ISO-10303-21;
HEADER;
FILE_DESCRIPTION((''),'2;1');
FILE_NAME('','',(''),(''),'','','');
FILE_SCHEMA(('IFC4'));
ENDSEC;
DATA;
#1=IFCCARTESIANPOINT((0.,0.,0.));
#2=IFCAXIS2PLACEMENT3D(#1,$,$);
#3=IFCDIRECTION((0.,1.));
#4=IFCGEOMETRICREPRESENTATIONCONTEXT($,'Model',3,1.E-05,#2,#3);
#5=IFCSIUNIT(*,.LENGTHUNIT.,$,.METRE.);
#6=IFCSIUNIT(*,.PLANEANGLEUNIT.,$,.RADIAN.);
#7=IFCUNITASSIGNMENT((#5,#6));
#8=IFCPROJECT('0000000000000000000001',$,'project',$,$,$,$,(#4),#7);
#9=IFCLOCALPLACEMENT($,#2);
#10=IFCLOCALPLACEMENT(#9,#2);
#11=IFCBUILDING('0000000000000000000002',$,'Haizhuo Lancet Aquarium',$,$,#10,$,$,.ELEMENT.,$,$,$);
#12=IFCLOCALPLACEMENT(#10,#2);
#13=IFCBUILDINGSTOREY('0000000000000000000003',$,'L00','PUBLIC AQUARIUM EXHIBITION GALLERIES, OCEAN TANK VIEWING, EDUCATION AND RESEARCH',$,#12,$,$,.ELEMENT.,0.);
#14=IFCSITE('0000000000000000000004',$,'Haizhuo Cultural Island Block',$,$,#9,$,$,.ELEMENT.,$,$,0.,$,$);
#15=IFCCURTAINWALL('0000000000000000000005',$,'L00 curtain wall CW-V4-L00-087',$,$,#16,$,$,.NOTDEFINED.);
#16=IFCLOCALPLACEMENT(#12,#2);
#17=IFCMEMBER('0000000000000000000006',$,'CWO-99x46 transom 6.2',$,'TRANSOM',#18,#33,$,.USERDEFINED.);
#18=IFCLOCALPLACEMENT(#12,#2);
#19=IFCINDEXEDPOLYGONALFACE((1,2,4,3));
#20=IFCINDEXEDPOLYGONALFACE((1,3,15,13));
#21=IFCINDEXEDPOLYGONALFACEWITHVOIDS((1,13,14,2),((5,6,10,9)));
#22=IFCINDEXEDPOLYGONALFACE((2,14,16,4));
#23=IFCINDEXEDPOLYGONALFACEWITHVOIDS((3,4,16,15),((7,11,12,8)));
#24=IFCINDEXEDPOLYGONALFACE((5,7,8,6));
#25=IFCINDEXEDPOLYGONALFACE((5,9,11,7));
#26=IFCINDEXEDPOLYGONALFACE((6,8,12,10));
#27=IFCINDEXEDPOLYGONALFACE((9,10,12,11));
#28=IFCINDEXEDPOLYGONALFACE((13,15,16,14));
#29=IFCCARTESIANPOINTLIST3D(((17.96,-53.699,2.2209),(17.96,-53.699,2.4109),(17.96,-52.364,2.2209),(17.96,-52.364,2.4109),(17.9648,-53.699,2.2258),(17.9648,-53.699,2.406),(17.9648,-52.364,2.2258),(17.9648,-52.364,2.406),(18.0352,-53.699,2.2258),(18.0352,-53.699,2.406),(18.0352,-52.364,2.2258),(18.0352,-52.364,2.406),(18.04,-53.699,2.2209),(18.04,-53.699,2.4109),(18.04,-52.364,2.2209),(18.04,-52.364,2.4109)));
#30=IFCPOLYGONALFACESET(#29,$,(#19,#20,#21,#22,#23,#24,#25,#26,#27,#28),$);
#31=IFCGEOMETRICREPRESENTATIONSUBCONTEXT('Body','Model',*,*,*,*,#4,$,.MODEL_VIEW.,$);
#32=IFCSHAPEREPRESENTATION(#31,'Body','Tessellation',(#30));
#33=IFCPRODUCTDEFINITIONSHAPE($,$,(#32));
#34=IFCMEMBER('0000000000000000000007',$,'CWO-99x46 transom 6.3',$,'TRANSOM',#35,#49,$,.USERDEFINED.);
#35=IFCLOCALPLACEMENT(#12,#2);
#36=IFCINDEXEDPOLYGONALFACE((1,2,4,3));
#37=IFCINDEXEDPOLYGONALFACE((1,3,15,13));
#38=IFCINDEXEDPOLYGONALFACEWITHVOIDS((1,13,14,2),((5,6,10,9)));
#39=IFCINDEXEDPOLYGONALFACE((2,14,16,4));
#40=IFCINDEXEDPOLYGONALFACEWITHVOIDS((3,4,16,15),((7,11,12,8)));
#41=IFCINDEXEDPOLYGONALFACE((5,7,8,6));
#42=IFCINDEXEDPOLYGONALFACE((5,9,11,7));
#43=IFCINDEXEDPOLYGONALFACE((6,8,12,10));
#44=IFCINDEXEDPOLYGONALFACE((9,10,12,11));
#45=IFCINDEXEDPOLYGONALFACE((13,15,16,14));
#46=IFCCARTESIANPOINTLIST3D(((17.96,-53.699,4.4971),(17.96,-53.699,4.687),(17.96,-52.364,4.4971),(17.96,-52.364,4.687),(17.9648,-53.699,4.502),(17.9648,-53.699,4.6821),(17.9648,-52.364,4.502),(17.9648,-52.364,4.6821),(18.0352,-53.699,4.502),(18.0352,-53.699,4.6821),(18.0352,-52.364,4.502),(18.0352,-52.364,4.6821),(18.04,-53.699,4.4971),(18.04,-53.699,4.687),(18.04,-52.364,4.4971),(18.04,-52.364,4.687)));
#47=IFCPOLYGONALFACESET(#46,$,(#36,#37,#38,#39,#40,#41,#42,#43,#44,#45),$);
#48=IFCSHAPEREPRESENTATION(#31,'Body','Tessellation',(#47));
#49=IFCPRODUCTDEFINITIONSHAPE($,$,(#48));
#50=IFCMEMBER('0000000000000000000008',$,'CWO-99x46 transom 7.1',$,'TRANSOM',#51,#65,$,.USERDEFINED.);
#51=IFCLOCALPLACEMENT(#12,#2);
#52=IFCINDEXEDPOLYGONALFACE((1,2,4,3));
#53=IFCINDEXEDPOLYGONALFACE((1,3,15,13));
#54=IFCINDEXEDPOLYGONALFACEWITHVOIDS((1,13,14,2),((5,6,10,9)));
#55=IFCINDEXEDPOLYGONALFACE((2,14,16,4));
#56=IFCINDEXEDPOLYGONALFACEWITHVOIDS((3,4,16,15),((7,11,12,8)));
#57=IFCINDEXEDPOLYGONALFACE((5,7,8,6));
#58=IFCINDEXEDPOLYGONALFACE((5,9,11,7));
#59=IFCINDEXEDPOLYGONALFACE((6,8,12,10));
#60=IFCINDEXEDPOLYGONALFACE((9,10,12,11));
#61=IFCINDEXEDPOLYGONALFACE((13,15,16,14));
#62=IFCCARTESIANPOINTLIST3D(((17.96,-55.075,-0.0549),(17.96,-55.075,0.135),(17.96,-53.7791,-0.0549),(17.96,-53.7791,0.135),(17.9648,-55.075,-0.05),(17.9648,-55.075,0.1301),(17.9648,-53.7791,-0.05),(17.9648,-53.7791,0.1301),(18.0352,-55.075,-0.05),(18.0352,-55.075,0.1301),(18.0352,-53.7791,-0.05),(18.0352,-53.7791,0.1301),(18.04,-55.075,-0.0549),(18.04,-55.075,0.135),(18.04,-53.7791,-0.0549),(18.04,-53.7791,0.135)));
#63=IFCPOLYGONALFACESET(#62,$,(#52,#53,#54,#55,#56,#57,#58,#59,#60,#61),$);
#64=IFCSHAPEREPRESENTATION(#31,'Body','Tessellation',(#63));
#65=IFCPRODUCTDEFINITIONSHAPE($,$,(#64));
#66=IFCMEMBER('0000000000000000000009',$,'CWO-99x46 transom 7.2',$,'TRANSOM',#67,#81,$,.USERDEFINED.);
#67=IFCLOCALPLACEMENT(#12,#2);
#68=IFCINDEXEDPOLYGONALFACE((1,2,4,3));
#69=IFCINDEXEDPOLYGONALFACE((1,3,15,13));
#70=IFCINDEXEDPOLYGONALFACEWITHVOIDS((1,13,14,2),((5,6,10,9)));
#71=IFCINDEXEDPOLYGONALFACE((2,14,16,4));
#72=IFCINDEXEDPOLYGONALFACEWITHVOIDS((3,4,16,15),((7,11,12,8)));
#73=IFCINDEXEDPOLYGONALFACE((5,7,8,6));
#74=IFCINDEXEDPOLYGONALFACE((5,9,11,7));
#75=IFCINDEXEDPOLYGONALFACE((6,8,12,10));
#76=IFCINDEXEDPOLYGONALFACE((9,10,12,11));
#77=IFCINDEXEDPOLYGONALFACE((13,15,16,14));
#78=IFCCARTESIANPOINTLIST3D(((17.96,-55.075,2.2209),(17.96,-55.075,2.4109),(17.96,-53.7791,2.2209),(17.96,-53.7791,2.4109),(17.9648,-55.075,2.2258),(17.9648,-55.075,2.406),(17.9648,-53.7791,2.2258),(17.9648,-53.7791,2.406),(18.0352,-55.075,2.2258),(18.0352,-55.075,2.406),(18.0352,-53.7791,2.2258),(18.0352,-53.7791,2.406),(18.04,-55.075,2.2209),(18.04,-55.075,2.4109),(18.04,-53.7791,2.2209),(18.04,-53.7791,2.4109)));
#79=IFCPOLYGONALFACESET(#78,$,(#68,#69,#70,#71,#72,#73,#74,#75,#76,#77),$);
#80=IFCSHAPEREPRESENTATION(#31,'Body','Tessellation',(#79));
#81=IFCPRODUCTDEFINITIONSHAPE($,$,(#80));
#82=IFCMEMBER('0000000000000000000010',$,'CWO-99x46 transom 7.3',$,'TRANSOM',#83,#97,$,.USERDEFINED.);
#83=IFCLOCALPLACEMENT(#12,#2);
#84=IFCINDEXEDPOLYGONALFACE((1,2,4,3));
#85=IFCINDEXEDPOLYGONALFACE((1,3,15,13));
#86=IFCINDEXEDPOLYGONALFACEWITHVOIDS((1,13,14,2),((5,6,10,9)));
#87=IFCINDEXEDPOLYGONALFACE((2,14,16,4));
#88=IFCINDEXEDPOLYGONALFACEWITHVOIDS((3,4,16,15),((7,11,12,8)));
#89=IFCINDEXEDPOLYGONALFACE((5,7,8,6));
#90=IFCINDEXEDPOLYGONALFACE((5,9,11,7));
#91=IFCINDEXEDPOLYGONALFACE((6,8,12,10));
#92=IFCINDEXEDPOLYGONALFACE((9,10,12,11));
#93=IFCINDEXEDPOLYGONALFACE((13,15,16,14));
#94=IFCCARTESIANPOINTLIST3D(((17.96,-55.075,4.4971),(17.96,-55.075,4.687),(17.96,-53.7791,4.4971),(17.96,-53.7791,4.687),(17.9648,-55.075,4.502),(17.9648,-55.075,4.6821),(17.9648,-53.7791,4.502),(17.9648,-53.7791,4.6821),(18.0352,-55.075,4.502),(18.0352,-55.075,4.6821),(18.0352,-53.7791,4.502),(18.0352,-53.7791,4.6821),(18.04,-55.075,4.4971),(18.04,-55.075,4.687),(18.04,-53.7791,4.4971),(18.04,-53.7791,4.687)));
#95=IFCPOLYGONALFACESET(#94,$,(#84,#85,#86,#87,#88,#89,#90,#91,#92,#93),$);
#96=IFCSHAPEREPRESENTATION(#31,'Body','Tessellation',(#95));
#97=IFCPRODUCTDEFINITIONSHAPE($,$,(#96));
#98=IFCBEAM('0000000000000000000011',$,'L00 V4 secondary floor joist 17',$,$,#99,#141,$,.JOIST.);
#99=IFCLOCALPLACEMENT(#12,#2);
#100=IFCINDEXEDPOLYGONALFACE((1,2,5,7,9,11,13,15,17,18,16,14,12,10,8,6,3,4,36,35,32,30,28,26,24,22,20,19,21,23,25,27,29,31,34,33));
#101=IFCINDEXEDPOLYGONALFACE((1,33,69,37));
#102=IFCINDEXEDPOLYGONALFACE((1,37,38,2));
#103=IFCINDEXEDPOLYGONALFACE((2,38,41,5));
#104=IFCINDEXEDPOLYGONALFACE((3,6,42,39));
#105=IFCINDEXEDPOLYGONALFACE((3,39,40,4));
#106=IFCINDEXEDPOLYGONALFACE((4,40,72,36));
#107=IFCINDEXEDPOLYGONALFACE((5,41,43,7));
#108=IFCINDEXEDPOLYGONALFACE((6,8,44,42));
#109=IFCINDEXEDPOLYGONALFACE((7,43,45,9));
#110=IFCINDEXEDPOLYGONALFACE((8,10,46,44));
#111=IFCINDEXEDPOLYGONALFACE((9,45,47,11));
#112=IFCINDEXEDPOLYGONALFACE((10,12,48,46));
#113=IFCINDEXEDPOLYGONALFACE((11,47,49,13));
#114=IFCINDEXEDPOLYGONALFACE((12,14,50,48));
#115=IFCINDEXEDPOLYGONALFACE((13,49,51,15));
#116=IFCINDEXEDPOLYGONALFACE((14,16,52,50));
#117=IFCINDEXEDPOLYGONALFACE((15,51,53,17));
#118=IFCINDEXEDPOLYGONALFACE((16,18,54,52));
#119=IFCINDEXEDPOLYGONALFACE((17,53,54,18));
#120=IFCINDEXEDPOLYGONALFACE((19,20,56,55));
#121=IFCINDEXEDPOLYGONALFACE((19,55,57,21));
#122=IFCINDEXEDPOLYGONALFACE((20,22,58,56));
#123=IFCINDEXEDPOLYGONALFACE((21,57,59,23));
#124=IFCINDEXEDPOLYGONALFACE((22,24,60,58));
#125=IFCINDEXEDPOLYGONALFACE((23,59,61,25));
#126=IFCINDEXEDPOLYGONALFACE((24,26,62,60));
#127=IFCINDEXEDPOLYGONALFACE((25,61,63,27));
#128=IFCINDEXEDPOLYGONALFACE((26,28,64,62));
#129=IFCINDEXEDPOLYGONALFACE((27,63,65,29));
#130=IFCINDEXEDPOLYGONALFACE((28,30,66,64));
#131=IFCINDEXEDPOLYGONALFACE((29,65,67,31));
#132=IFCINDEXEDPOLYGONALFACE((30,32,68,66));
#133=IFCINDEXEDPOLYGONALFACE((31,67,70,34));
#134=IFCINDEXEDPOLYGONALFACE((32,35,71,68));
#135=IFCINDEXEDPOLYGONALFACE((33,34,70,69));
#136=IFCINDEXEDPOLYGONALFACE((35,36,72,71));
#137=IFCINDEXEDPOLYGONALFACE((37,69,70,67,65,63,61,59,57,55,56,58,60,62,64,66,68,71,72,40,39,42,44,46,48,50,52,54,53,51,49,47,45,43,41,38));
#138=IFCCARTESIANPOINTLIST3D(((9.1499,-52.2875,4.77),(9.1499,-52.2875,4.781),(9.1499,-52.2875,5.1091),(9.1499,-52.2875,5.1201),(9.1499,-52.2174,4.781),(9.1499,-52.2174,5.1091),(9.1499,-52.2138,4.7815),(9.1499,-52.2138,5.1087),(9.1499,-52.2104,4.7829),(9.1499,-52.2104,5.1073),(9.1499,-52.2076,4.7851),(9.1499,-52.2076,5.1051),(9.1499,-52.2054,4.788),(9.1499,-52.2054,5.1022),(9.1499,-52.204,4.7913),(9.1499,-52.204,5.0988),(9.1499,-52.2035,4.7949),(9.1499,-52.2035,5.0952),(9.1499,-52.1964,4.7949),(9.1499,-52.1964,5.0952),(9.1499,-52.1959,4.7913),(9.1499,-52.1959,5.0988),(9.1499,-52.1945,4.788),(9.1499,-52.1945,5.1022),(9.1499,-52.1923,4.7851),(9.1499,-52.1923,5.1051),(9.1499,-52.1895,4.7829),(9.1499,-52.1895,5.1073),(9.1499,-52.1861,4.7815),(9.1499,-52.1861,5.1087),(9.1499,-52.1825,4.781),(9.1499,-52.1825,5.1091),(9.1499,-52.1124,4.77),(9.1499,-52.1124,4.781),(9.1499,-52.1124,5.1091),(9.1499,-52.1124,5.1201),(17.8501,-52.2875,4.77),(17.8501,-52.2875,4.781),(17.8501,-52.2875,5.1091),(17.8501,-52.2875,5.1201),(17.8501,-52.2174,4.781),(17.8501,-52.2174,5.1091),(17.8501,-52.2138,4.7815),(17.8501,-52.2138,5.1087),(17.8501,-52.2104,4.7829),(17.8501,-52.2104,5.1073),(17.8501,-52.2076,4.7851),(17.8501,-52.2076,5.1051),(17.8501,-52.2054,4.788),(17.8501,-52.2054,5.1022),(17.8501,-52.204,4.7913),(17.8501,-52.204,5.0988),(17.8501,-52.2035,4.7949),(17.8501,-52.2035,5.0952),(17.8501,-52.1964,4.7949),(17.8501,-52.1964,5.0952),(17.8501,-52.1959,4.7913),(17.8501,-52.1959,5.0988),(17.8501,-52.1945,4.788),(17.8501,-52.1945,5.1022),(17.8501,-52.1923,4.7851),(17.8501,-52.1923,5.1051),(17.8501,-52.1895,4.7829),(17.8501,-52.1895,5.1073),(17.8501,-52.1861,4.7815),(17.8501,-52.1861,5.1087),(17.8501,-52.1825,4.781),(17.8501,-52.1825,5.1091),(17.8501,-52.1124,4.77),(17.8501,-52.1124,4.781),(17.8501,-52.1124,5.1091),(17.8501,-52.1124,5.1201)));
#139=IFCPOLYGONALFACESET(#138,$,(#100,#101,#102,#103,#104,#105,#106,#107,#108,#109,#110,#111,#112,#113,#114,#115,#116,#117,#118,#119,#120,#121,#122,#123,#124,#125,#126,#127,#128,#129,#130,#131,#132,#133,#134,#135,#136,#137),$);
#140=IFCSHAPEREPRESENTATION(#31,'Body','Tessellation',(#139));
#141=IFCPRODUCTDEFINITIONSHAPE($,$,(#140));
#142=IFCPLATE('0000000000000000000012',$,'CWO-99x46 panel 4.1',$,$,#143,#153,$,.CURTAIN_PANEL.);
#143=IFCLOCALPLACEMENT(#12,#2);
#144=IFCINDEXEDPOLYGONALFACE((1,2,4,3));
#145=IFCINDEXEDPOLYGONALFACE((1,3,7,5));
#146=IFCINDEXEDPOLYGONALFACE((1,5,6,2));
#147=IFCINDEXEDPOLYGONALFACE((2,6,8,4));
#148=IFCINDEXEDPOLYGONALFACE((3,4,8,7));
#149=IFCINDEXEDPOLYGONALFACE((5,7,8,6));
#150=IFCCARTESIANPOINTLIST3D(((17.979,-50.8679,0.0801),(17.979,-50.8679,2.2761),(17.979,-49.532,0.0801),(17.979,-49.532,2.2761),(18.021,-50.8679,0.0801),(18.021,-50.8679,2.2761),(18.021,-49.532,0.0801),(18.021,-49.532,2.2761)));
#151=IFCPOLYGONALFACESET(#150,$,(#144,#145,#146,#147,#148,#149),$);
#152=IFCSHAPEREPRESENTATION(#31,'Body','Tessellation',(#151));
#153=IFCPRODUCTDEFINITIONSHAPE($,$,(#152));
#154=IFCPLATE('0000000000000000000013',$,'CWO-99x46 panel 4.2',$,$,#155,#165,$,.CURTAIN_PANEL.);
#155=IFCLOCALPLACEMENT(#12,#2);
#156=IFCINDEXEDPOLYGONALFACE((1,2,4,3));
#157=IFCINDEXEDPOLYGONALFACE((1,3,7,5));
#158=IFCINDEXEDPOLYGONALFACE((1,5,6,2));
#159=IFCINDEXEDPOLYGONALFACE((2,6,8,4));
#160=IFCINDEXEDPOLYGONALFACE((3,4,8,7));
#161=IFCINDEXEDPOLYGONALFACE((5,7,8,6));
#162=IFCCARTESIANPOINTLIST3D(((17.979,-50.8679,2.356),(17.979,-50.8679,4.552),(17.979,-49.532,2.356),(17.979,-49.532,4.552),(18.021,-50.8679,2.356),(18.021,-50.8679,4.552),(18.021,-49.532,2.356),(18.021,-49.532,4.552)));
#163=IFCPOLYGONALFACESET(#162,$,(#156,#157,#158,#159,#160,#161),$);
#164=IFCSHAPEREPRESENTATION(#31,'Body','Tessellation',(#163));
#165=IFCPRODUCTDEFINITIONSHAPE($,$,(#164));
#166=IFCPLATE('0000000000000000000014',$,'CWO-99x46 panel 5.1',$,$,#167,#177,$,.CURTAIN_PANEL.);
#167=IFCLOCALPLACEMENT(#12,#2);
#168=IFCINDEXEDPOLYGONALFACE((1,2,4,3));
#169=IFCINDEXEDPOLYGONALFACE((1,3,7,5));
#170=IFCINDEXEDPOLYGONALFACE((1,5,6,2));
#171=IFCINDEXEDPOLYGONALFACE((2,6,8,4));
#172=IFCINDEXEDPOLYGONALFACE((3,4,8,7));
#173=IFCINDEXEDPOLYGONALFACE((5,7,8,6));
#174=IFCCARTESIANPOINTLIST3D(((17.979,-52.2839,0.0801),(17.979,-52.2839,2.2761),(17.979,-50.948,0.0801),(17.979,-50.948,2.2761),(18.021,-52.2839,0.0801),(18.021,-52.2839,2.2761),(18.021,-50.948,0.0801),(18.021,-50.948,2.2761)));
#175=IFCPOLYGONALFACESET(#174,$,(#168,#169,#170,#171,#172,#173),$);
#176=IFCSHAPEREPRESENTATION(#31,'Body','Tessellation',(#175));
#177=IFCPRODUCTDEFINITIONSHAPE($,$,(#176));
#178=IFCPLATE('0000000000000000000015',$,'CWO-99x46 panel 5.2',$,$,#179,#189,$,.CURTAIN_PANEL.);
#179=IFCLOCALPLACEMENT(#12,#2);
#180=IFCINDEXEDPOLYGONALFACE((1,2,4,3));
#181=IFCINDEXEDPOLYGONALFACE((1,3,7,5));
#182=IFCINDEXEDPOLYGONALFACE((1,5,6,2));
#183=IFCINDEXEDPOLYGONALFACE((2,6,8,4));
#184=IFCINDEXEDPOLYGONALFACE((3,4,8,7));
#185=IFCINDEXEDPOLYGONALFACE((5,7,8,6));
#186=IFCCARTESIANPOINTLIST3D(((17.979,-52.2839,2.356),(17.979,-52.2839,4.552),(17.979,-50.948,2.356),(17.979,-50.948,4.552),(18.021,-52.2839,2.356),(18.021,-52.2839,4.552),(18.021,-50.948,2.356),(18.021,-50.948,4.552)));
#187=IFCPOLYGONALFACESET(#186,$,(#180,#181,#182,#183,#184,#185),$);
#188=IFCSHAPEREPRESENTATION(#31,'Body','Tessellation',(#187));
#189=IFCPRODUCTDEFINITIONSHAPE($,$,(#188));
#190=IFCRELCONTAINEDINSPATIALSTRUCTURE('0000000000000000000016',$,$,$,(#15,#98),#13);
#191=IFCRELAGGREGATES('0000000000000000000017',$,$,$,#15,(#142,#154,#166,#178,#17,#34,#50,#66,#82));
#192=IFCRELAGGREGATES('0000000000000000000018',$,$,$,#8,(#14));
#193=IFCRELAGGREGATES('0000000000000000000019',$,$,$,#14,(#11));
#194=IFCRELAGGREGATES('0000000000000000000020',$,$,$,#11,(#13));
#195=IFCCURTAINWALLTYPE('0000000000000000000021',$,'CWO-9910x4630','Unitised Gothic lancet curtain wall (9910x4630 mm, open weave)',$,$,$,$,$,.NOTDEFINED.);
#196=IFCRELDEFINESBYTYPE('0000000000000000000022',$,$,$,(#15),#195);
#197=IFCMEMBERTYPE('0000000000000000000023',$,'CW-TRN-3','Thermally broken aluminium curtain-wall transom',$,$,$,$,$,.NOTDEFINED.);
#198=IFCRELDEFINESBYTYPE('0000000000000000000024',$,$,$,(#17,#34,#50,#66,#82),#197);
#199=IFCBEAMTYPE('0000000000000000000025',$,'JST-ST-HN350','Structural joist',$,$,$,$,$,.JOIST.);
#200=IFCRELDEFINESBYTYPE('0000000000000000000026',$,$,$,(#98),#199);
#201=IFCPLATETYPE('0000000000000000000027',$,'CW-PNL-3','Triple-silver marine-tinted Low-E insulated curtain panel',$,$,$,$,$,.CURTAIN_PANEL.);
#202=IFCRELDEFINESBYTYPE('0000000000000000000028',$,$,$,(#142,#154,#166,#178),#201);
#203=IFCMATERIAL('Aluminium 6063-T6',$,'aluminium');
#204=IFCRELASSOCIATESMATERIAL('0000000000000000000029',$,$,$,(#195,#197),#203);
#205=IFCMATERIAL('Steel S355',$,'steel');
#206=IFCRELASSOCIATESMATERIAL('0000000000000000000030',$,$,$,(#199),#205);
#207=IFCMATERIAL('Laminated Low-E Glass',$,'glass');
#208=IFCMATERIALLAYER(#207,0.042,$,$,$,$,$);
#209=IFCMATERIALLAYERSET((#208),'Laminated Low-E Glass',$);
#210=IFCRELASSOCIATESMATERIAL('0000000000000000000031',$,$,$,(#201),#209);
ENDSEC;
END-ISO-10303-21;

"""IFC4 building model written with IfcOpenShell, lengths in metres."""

from ifc_helpers import new_model, si_unit, direction, frame, origin, origin_2d, place, context, subcontext, project, spatial, rectangle, hollow_rectangle, i_section, extrude, material, layer, layer_set, material_profile, profile_set, type_object, element, aggregate, save


model = new_model("IFC4")

# Units and contexts
model_context = context("Model", 3, precision=1e-05, world=origin(), true_north=direction((0.0, 1.0)))
body_context = subcontext(model_context, "Body", "Model", "MODEL_VIEW")
ifc_project = project(units=[si_unit("LENGTHUNIT", "METRE"), si_unit("PLANEANGLEUNIT", "RADIAN")], contexts=[model_context])

# Site, building, storey
site_placement = place(None, origin())
site = spatial("IfcSite", under=ifc_project, at=site_placement, Name="Haizhuo Cultural Island Block", CompositionType="ELEMENT", RefElevation=0.0)
building_placement = place(site_placement, origin())
building = spatial("IfcBuilding", under=site, at=building_placement, Name="Haizhuo Lancet Aquarium", CompositionType="ELEMENT")
storey_placement = place(building_placement, origin())
storey = spatial("IfcBuildingStorey", under=building, at=storey_placement, Name="L00", Description="PUBLIC AQUARIUM EXHIBITION GALLERIES, OCEAN TANK VIEWING, EDUCATION AND RESEARCH", CompositionType="ELEMENT", Elevation=0.0)

# Shared definitions
ifc_material_1 = material(Name="Steel S355", Category="steel")

# Curtain wall, members
ifc_material_2 = material(Name="Aluminium 6063-T6", Category="aluminium")
curtain_wall_type = type_object("IfcCurtainWallType", Name="CWO-9910x4630", Description="Unitised Gothic lancet curtain wall (9910x4630 mm, open weave)", PredefinedType="NOTDEFINED", material=ifc_material_2)
curtain_wall_placement = place(storey_placement, origin())
curtain_wall = element("IfcCurtainWall", 1, at=curtain_wall_placement, inside=storey, type_object=curtain_wall_type, Name="L00 curtain wall CW-V4-L00-087", PredefinedType="NOTDEFINED")
ifc_material_profile_1 = material_profile(ifc_material_2, hollow_rectangle(XDim=0.0801, YDim=0.1899, WallThickness=0.0049, at=origin_2d()), Name="ALU-T 80x190x5")
ifc_profile_set_1 = profile_set([ifc_material_profile_1], Name="Aluminium 6063-T6")
member_type_1 = type_object("IfcMemberType", Name="CW-TRN-3", Description="Thermally broken aluminium curtain-wall transom", PredefinedType="NOTDEFINED", material=ifc_profile_set_1)
member_1_placement = place(storey_placement, frame((18.0, -52.364, 2.3159), z_axis=(0.0, -1.0, 0.0), x_axis=(1.0, 0.0, 0.0)))
member_1 = element("IfcMember", 2, at=member_1_placement, type_object=member_type_1, Name="CWO-99x46 transom 6.2", ObjectType="TRANSOM", PredefinedType="USERDEFINED", context=body_context, shape_type="SweptSolid", body=[
    extrude(hollow_rectangle(XDim=0.0801, YDim=0.1899, WallThickness=0.0049, at=origin_2d()), origin(), (0.0, 0.0, 1.0), 1.335),
])
member_2_placement = place(storey_placement, frame((18.0, -52.364, 4.592), z_axis=(0.0, -1.0, 0.0), x_axis=(1.0, 0.0, 0.0)))
member_2 = element("IfcMember", 3, at=member_2_placement, type_object=member_type_1, Name="CWO-99x46 transom 6.3", ObjectType="TRANSOM", PredefinedType="USERDEFINED", context=body_context, shape_type="SweptSolid", body=[
    extrude(hollow_rectangle(XDim=0.0801, YDim=0.1899, WallThickness=0.0049, at=origin_2d()), origin(), (0.0, 0.0, 1.0), 1.335),
])
member_3_placement = place(storey_placement, frame((18.0, -53.7791, 0.04), z_axis=(0.0, -1.0, 0.0), x_axis=(1.0, 0.0, 0.0)))
member_3 = element("IfcMember", 4, at=member_3_placement, type_object=member_type_1, Name="CWO-99x46 transom 7.1", ObjectType="TRANSOM", PredefinedType="USERDEFINED", context=body_context, shape_type="SweptSolid", body=[
    extrude(hollow_rectangle(XDim=0.0801, YDim=0.1899, WallThickness=0.0049, at=origin_2d()), origin(), (0.0, 0.0, 1.0), 1.2959),
])
member_4_placement = place(storey_placement, frame((18.0, -53.7791, 2.3159), z_axis=(0.0, -1.0, 0.0), x_axis=(1.0, 0.0, 0.0)))
member_4 = element("IfcMember", 5, at=member_4_placement, type_object=member_type_1, Name="CWO-99x46 transom 7.2", ObjectType="TRANSOM", PredefinedType="USERDEFINED", context=body_context, shape_type="SweptSolid", body=[
    extrude(hollow_rectangle(XDim=0.0801, YDim=0.1899, WallThickness=0.0049, at=origin_2d()), origin(), (0.0, 0.0, 1.0), 1.2959),
])
member_5_placement = place(storey_placement, frame((18.0, -53.7791, 4.592), z_axis=(0.0, -1.0, 0.0), x_axis=(1.0, 0.0, 0.0)))
member_5 = element("IfcMember", 6, at=member_5_placement, type_object=member_type_1, Name="CWO-99x46 transom 7.3", ObjectType="TRANSOM", PredefinedType="USERDEFINED", context=body_context, shape_type="SweptSolid", body=[
    extrude(hollow_rectangle(XDim=0.0801, YDim=0.1899, WallThickness=0.0049, at=origin_2d()), origin(), (0.0, 0.0, 1.0), 1.2959),
])

# Beam
ifc_material_profile_2 = material_profile(ifc_material_1, i_section(OverallWidth=0.175, OverallDepth=0.3501, WebThickness=0.0071, FlangeThickness=0.011, FilletRadius=0.0139, at=origin_2d()), Name="HN 350x175x7x11")
ifc_profile_set_2 = profile_set([ifc_material_profile_2], Name="Steel S355")
beam_type_1 = type_object("IfcBeamType", Name="JST-ST-HN350", Description="Structural joist", PredefinedType="JOIST", material=ifc_profile_set_2)
beam_1_placement = place(storey_placement, frame((9.1499, -52.2, 4.9451), z_axis=(1.0, 0.0, 0.0), x_axis=(0.0, 1.0, 0.0)))
element("IfcBeam", 7, at=beam_1_placement, inside=storey, type_object=beam_type_1, Name="L00 V4 secondary floor joist 17", PredefinedType="JOIST", context=body_context, shape_type="SweptSolid", body=[
    extrude(i_section(OverallWidth=0.175, OverallDepth=0.3501, WebThickness=0.0071, FlangeThickness=0.011, FilletRadius=0.0139, at=origin_2d()), origin(), (0.0, 0.0, 1.0), 8.7002),
])

# Plates
ifc_material_3 = material(Name="Laminated Low-E Glass", Category="glass")
ifc_layer_1 = layer(ifc_material_3, 0.042)
ifc_layer_set_1 = layer_set([ifc_layer_1], Name="Laminated Low-E Glass")
plate_type = type_object("IfcPlateType", Name="CW-PNL-3", Description="Triple-silver marine-tinted Low-E insulated curtain panel", PredefinedType="CURTAIN_PANEL", material=ifc_layer_set_1)
plate_1_placement = place(storey_placement, frame((18.0, -50.2, 0.0801), z_axis=(0.0, 0.0, 1.0), x_axis=(0.0, -1.0, 0.0)))
plate_1 = element("IfcPlate", 8, at=plate_1_placement, type_object=plate_type, Name="CWO-99x46 panel 4.1", PredefinedType="CURTAIN_PANEL", context=body_context, shape_type="SweptSolid", body=[
    extrude(rectangle(XDim=1.3359, YDim=0.042, at=origin_2d()), origin(), (0.0, 0.0, 1.0), 2.196),
])
plate_2_placement = place(storey_placement, frame((18.0, -50.2, 2.356), z_axis=(0.0, 0.0, 1.0), x_axis=(0.0, -1.0, 0.0)))
plate_2 = element("IfcPlate", 9, at=plate_2_placement, type_object=plate_type, Name="CWO-99x46 panel 4.2", PredefinedType="CURTAIN_PANEL", context=body_context, shape_type="SweptSolid", body=[
    extrude(rectangle(XDim=1.3359, YDim=0.042, at=origin_2d()), origin(), (0.0, 0.0, 1.0), 2.196),
])
plate_3_placement = place(storey_placement, frame((18.0, -51.616, 0.0801), z_axis=(0.0, 0.0, 1.0), x_axis=(0.0, -1.0, 0.0)))
plate_3 = element("IfcPlate", 10, at=plate_3_placement, type_object=plate_type, Name="CWO-99x46 panel 5.1", PredefinedType="CURTAIN_PANEL", context=body_context, shape_type="SweptSolid", body=[
    extrude(rectangle(XDim=1.3359, YDim=0.042, at=origin_2d()), origin(), (0.0, 0.0, 1.0), 2.196),
])
plate_4_placement = place(storey_placement, frame((18.0, -51.616, 2.356), z_axis=(0.0, 0.0, 1.0), x_axis=(0.0, -1.0, 0.0)))
plate_4 = element("IfcPlate", 11, at=plate_4_placement, type_object=plate_type, Name="CWO-99x46 panel 5.2", PredefinedType="CURTAIN_PANEL", context=body_context, shape_type="SweptSolid", body=[
    extrude(rectangle(XDim=1.3359, YDim=0.042, at=origin_2d()), origin(), (0.0, 0.0, 1.0), 2.196),
])
aggregate(curtain_wall, [plate_1, plate_2, plate_3, plate_4, member_1, member_2, member_3, member_4, member_5])

save(model, "model.ifc")
